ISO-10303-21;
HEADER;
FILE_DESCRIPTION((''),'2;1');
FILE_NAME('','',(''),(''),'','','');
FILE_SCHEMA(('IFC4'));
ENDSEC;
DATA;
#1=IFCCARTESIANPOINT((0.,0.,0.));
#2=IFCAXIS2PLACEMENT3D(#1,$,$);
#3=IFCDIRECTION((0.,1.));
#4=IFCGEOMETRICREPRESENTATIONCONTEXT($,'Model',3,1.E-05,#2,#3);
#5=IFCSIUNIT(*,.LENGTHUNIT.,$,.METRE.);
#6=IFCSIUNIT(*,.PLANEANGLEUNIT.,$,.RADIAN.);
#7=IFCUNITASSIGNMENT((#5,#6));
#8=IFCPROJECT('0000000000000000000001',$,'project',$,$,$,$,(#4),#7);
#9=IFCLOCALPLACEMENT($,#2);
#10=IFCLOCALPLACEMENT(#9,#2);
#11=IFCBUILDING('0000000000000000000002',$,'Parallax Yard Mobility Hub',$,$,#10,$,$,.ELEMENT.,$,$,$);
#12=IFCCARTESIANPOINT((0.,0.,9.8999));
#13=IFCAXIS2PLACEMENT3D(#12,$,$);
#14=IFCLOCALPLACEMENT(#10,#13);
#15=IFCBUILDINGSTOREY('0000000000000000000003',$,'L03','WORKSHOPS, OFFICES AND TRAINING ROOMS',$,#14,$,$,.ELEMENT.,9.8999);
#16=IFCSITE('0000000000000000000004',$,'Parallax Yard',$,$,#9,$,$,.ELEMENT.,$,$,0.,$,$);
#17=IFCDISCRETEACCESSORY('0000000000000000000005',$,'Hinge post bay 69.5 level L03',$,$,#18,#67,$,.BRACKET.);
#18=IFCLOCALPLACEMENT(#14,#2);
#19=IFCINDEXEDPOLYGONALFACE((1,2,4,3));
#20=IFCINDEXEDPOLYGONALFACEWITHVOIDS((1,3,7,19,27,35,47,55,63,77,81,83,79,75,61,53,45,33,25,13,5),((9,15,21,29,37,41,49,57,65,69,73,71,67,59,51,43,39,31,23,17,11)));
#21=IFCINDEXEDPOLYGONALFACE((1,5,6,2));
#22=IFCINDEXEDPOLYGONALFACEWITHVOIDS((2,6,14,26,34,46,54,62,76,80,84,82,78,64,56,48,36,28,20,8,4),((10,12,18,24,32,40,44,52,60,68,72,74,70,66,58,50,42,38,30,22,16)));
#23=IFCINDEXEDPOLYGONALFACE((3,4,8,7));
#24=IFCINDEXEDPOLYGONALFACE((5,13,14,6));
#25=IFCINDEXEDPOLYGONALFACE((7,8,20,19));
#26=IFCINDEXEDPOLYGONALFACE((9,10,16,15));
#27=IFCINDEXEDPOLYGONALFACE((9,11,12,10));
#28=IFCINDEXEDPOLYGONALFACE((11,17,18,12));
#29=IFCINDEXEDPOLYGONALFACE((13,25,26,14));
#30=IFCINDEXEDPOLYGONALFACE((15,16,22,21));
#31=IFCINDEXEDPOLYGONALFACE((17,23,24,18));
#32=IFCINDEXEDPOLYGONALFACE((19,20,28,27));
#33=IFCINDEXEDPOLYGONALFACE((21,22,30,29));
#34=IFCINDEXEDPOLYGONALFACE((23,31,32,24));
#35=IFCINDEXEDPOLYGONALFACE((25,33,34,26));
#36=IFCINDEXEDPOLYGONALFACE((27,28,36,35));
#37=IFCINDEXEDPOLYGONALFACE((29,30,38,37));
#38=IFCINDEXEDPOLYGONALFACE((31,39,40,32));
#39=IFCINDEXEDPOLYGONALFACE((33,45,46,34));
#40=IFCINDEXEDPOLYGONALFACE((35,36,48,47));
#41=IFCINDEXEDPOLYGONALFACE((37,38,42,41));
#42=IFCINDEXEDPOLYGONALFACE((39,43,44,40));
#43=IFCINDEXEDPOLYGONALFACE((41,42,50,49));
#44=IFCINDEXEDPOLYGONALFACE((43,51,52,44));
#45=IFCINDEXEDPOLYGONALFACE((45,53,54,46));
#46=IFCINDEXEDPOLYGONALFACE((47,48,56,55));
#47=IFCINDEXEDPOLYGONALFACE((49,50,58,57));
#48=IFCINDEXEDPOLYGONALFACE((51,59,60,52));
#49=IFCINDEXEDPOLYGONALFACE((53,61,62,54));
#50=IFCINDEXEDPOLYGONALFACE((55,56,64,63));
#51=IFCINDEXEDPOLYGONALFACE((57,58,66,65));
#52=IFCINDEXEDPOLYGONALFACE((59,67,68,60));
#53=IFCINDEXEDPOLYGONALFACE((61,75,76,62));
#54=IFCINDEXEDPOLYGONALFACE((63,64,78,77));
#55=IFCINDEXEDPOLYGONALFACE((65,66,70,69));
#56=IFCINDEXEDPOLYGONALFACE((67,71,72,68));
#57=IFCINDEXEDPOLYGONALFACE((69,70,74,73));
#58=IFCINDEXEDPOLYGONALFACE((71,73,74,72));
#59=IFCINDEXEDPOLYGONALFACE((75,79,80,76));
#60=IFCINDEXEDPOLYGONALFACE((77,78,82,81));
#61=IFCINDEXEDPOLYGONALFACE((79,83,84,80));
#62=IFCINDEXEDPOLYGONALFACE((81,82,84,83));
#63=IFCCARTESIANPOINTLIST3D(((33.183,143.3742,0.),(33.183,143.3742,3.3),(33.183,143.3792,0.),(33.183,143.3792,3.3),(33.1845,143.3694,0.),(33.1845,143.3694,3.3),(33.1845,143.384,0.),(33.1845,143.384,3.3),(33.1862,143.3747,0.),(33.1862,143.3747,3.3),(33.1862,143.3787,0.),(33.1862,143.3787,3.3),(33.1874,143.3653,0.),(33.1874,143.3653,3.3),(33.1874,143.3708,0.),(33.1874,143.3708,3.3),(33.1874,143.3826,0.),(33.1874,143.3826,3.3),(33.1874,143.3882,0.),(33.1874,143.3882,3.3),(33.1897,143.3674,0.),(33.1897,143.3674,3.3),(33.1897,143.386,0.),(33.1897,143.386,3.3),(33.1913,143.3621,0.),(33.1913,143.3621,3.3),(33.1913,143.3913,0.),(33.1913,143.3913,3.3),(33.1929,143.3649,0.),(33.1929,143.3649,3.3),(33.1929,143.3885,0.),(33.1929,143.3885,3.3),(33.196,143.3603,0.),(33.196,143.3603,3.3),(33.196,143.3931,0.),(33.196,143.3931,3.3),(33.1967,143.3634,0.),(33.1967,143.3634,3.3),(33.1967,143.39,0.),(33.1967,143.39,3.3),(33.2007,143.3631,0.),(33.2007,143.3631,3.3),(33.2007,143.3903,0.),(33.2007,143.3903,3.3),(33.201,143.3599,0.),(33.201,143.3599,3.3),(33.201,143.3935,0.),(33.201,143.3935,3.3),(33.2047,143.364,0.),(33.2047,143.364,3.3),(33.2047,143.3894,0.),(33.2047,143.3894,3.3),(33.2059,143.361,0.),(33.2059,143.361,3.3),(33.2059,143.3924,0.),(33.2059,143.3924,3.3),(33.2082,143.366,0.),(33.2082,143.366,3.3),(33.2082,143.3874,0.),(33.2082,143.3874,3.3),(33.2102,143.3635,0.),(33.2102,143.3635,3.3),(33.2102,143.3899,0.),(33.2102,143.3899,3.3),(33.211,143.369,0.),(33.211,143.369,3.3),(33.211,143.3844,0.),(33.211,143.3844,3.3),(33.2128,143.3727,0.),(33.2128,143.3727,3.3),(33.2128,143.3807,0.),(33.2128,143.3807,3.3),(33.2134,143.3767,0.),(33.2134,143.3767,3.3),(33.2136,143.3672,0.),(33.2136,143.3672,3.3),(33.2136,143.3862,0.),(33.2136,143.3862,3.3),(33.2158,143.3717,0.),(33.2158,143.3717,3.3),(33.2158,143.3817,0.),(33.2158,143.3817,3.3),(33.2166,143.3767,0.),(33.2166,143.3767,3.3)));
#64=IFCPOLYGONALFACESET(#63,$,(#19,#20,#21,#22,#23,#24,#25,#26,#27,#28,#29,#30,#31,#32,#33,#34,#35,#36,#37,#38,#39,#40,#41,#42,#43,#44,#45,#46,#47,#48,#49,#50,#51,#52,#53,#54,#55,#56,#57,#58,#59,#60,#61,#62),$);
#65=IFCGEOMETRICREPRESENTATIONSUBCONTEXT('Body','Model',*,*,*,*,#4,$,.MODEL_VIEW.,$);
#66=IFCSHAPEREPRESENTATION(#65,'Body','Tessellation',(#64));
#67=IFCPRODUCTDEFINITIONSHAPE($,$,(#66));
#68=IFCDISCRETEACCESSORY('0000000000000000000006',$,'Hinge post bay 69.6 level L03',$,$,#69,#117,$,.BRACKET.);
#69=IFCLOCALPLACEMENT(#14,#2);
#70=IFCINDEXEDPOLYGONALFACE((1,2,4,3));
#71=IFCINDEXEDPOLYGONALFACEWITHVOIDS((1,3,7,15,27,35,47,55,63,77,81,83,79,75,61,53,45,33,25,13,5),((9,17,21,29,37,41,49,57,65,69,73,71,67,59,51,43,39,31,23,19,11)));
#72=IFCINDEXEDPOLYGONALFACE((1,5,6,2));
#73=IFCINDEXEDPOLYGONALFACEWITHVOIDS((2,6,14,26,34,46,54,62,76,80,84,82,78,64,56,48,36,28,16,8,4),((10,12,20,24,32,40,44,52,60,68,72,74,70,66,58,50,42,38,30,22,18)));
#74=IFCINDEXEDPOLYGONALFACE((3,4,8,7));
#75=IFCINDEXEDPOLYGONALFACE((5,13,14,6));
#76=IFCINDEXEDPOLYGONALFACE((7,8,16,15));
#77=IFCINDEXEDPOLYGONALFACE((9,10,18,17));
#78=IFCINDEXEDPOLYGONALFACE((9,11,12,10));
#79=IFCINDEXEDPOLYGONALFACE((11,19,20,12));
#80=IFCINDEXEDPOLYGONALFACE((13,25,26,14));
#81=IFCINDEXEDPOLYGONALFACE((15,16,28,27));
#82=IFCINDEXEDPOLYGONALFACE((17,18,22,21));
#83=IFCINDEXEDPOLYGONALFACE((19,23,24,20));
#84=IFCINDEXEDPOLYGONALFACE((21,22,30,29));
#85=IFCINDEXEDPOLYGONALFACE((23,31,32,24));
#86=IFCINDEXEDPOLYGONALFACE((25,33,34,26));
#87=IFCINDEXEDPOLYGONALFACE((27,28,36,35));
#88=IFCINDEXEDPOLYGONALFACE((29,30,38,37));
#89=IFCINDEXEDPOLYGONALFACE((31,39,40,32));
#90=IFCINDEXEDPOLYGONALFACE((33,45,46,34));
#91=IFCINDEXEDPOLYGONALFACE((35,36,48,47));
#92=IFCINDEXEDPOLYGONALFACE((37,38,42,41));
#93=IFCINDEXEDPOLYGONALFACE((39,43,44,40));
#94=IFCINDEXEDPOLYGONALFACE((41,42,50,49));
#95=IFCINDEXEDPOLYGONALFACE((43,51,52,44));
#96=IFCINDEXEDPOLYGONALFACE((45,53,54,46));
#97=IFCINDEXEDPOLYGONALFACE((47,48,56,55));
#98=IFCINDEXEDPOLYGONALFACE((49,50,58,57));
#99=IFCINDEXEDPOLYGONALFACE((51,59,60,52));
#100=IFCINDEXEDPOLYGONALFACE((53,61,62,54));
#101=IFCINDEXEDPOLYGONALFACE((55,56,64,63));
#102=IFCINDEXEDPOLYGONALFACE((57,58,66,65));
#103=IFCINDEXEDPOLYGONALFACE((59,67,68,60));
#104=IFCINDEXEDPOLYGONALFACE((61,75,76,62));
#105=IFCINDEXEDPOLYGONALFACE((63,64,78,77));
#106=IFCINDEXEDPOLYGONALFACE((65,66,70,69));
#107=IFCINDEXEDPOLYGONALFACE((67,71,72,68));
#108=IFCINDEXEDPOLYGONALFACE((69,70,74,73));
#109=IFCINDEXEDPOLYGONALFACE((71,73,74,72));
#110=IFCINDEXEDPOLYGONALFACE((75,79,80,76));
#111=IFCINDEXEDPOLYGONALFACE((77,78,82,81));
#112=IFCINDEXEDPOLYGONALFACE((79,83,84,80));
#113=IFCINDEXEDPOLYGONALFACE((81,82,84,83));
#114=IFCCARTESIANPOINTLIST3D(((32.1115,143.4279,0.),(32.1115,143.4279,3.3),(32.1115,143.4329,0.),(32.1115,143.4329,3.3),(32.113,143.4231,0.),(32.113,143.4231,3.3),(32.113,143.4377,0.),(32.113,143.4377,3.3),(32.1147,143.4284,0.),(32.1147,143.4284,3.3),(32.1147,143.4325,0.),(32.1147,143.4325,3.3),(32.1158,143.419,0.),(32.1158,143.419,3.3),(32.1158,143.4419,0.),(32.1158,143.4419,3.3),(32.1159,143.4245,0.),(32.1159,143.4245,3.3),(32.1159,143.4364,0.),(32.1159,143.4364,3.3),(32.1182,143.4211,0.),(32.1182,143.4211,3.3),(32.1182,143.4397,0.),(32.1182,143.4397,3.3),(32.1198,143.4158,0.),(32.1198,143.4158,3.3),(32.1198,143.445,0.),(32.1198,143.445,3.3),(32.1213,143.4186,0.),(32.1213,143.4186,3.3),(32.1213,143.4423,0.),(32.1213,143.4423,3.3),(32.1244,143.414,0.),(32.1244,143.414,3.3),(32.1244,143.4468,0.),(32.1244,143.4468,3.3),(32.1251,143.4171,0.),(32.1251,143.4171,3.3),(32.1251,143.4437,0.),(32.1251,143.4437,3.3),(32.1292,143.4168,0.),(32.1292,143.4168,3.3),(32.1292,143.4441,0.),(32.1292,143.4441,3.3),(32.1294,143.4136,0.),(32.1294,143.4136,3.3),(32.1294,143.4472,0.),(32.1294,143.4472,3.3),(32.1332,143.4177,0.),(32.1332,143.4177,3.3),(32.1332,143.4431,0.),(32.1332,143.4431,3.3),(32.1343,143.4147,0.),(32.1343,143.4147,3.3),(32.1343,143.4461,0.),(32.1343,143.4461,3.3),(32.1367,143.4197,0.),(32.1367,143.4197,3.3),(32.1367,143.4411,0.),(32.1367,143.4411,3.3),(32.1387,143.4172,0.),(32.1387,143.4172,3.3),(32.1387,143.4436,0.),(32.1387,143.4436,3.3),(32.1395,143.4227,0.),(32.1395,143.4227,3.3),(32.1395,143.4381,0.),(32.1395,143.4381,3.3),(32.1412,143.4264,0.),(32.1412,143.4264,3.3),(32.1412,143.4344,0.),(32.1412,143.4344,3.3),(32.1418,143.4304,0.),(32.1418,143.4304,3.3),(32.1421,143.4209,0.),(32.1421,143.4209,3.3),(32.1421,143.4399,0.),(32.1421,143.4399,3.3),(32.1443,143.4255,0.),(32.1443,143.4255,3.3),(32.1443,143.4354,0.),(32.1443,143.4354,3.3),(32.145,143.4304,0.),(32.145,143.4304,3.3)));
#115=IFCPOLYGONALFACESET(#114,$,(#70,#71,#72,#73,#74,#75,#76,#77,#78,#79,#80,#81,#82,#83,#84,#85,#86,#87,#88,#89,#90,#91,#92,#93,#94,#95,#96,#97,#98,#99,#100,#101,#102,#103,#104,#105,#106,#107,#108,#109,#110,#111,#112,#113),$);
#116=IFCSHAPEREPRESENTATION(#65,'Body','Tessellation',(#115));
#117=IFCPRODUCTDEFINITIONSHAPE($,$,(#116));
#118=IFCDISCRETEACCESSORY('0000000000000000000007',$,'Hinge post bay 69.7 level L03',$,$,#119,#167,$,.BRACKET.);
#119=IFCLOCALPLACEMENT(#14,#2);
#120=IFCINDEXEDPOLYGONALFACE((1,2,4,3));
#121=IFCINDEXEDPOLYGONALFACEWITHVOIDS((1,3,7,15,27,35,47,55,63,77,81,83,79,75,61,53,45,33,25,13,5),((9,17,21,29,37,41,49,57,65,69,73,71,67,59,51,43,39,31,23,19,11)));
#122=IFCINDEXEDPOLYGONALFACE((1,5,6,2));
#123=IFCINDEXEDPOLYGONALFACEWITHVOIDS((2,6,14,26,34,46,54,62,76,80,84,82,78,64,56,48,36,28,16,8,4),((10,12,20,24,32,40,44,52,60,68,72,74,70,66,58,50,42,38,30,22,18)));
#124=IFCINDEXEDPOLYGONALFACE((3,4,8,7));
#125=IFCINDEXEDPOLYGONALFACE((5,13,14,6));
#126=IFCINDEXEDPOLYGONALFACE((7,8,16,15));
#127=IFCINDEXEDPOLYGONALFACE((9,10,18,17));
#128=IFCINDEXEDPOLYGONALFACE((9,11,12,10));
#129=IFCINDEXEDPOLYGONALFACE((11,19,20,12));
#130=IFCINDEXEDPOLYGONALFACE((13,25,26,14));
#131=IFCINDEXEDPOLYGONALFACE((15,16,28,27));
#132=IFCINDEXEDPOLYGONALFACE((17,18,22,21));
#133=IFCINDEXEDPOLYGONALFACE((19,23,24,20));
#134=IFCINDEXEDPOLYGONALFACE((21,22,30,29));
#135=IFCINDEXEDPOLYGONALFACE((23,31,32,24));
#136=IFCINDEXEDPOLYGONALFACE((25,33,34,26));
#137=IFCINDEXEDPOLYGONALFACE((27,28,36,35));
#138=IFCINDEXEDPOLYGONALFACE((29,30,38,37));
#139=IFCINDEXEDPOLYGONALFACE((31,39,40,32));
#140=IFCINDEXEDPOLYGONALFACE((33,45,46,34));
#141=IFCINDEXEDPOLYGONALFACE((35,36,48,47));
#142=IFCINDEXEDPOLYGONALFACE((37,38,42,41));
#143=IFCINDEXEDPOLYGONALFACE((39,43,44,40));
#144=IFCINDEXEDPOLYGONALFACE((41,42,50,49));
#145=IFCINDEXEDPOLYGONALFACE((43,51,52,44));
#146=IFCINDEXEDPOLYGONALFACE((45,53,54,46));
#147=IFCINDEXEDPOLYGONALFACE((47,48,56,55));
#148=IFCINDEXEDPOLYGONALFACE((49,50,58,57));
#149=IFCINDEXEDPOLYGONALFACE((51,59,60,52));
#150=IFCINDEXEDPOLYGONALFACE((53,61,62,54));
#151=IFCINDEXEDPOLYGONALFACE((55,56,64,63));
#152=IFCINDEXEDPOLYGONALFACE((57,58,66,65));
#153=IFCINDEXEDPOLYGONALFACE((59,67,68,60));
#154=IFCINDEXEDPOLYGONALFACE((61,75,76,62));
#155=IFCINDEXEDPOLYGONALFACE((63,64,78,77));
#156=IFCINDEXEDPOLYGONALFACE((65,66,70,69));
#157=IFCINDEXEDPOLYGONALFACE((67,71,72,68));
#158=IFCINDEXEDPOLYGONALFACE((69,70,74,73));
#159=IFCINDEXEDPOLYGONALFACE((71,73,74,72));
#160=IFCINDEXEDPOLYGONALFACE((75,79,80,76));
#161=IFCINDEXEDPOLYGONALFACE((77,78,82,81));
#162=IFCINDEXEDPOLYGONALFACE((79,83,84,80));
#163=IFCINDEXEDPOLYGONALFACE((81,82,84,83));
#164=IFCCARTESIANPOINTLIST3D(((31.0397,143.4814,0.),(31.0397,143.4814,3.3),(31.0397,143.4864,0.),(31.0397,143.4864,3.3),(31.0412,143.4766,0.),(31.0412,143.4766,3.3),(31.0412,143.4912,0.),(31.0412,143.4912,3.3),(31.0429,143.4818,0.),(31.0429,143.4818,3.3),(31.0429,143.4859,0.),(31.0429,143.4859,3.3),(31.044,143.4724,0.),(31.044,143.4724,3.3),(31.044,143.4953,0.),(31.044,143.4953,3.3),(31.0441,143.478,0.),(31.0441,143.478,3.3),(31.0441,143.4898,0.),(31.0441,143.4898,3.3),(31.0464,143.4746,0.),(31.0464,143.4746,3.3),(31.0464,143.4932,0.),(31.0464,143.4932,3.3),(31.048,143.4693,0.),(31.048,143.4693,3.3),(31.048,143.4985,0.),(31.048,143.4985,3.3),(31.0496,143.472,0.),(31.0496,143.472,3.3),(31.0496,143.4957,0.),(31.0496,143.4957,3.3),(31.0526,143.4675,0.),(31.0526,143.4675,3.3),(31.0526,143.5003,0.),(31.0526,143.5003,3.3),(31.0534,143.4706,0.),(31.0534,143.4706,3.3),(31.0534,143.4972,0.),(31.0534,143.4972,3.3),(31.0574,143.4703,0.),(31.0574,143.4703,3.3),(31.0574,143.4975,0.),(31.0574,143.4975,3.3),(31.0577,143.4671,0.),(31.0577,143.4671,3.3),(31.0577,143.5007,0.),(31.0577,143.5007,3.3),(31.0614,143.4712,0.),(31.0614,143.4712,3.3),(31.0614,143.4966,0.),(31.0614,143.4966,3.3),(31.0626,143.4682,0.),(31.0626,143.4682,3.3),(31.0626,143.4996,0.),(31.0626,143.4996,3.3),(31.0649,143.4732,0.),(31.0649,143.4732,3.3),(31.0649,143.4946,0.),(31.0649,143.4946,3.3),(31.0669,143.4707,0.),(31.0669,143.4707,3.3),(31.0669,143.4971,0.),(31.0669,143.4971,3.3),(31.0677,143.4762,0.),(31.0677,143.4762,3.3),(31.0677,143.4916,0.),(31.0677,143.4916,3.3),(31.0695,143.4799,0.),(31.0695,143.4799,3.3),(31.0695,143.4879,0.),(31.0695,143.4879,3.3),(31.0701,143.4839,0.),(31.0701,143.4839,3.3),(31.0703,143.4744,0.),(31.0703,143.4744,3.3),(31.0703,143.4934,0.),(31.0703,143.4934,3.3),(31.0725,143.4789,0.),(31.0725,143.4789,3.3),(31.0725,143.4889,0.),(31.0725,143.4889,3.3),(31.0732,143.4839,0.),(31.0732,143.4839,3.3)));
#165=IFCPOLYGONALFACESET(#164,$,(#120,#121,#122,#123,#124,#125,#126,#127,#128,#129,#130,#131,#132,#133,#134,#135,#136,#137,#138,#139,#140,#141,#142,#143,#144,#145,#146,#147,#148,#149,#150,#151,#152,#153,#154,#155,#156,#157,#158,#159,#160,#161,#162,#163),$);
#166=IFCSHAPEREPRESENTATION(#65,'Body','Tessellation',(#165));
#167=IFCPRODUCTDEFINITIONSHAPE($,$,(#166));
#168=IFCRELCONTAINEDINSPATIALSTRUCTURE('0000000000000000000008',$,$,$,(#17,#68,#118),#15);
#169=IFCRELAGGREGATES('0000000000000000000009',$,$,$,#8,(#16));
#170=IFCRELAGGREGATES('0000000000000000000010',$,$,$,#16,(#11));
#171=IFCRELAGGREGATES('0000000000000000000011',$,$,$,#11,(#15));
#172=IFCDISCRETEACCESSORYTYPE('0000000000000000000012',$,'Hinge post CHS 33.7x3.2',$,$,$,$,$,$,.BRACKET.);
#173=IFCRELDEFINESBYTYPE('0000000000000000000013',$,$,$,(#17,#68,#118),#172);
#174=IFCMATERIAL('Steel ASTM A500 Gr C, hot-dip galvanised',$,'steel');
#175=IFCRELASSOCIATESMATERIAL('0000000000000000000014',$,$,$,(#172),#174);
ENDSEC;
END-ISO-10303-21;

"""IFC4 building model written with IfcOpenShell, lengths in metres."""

from ifc_helpers import new_model, si_unit, direction, frame, origin, origin_2d, place, context, subcontext, project, spatial, hollow_circle, extrude, material, material_profile, profile_set, type_object, element, save


model = new_model("IFC4")

# Units and contexts
model_context = context("Model", 3, precision=1e-05, world=origin(), true_north=direction((0.0, 1.0)))
body_context = subcontext(model_context, "Body", "Model", "MODEL_VIEW")
ifc_project = project(units=[si_unit("LENGTHUNIT", "METRE"), si_unit("PLANEANGLEUNIT", "RADIAN")], contexts=[model_context])

# Site, building, storey
site_placement = place(None, origin())
site = spatial("IfcSite", under=ifc_project, at=site_placement, Name="Parallax Yard", CompositionType="ELEMENT", RefElevation=0.0)
building_placement = place(site_placement, origin())
building = spatial("IfcBuilding", under=site, at=building_placement, Name="Parallax Yard Mobility Hub", CompositionType="ELEMENT")
storey_placement = place(building_placement, frame((0.0, 0.0, 9.8999)))
storey = spatial("IfcBuildingStorey", under=building, at=storey_placement, Name="L03", Description="WORKSHOPS, OFFICES AND TRAINING ROOMS", CompositionType="ELEMENT", Elevation=9.8999)

# Discrete accessories
ifc_material_1 = material(Name="Steel ASTM A500 Gr C, hot-dip galvanised", Category="steel")
ifc_material_profile = material_profile(ifc_material_1, hollow_circle(Radius=0.0168, WallThickness=0.0032, at=origin_2d()), Name="CHS 33.7x3.2")
ifc_profile_set = profile_set([ifc_material_profile], Name="Steel ASTM A500 Gr C, hot-dip galvanised")
discrete_accessory_type = type_object("IfcDiscreteAccessoryType", Name="Hinge post CHS 33.7x3.2", PredefinedType="BRACKET", material=ifc_profile_set)
for number, where, z_axis, x_axis, name in (
    (1, (33.1997, 143.3767, 0.0), (0.0, 0.0, 1.0), (1.0, 0.0, 0.0), "Hinge post bay 69.5 level L03"),
    (2, (32.1282, 143.4304, 0.0), (0.0, 0.0, 1.0), (1.0, 0.0, 0.0), "Hinge post bay 69.6 level L03"),
    (3, (31.0564, 143.4839, 0.0), (0.0, 0.0, 1.0), (1.0, 0.0, 0.0), "Hinge post bay 69.7 level L03"),
):
    element("IfcDiscreteAccessory", number, at=place(storey_placement, frame(where, z_axis=z_axis, x_axis=x_axis)), inside=storey, type_object=discrete_accessory_type, Name=name, PredefinedType="BRACKET", context=body_context, shape_type="SweptSolid", body=[
        extrude(hollow_circle(Radius=0.0168, WallThickness=0.0032, at=origin_2d()), origin(), (0.0, 0.0, 1.0), 3.3),
    ])

save(model, "model.ifc")
